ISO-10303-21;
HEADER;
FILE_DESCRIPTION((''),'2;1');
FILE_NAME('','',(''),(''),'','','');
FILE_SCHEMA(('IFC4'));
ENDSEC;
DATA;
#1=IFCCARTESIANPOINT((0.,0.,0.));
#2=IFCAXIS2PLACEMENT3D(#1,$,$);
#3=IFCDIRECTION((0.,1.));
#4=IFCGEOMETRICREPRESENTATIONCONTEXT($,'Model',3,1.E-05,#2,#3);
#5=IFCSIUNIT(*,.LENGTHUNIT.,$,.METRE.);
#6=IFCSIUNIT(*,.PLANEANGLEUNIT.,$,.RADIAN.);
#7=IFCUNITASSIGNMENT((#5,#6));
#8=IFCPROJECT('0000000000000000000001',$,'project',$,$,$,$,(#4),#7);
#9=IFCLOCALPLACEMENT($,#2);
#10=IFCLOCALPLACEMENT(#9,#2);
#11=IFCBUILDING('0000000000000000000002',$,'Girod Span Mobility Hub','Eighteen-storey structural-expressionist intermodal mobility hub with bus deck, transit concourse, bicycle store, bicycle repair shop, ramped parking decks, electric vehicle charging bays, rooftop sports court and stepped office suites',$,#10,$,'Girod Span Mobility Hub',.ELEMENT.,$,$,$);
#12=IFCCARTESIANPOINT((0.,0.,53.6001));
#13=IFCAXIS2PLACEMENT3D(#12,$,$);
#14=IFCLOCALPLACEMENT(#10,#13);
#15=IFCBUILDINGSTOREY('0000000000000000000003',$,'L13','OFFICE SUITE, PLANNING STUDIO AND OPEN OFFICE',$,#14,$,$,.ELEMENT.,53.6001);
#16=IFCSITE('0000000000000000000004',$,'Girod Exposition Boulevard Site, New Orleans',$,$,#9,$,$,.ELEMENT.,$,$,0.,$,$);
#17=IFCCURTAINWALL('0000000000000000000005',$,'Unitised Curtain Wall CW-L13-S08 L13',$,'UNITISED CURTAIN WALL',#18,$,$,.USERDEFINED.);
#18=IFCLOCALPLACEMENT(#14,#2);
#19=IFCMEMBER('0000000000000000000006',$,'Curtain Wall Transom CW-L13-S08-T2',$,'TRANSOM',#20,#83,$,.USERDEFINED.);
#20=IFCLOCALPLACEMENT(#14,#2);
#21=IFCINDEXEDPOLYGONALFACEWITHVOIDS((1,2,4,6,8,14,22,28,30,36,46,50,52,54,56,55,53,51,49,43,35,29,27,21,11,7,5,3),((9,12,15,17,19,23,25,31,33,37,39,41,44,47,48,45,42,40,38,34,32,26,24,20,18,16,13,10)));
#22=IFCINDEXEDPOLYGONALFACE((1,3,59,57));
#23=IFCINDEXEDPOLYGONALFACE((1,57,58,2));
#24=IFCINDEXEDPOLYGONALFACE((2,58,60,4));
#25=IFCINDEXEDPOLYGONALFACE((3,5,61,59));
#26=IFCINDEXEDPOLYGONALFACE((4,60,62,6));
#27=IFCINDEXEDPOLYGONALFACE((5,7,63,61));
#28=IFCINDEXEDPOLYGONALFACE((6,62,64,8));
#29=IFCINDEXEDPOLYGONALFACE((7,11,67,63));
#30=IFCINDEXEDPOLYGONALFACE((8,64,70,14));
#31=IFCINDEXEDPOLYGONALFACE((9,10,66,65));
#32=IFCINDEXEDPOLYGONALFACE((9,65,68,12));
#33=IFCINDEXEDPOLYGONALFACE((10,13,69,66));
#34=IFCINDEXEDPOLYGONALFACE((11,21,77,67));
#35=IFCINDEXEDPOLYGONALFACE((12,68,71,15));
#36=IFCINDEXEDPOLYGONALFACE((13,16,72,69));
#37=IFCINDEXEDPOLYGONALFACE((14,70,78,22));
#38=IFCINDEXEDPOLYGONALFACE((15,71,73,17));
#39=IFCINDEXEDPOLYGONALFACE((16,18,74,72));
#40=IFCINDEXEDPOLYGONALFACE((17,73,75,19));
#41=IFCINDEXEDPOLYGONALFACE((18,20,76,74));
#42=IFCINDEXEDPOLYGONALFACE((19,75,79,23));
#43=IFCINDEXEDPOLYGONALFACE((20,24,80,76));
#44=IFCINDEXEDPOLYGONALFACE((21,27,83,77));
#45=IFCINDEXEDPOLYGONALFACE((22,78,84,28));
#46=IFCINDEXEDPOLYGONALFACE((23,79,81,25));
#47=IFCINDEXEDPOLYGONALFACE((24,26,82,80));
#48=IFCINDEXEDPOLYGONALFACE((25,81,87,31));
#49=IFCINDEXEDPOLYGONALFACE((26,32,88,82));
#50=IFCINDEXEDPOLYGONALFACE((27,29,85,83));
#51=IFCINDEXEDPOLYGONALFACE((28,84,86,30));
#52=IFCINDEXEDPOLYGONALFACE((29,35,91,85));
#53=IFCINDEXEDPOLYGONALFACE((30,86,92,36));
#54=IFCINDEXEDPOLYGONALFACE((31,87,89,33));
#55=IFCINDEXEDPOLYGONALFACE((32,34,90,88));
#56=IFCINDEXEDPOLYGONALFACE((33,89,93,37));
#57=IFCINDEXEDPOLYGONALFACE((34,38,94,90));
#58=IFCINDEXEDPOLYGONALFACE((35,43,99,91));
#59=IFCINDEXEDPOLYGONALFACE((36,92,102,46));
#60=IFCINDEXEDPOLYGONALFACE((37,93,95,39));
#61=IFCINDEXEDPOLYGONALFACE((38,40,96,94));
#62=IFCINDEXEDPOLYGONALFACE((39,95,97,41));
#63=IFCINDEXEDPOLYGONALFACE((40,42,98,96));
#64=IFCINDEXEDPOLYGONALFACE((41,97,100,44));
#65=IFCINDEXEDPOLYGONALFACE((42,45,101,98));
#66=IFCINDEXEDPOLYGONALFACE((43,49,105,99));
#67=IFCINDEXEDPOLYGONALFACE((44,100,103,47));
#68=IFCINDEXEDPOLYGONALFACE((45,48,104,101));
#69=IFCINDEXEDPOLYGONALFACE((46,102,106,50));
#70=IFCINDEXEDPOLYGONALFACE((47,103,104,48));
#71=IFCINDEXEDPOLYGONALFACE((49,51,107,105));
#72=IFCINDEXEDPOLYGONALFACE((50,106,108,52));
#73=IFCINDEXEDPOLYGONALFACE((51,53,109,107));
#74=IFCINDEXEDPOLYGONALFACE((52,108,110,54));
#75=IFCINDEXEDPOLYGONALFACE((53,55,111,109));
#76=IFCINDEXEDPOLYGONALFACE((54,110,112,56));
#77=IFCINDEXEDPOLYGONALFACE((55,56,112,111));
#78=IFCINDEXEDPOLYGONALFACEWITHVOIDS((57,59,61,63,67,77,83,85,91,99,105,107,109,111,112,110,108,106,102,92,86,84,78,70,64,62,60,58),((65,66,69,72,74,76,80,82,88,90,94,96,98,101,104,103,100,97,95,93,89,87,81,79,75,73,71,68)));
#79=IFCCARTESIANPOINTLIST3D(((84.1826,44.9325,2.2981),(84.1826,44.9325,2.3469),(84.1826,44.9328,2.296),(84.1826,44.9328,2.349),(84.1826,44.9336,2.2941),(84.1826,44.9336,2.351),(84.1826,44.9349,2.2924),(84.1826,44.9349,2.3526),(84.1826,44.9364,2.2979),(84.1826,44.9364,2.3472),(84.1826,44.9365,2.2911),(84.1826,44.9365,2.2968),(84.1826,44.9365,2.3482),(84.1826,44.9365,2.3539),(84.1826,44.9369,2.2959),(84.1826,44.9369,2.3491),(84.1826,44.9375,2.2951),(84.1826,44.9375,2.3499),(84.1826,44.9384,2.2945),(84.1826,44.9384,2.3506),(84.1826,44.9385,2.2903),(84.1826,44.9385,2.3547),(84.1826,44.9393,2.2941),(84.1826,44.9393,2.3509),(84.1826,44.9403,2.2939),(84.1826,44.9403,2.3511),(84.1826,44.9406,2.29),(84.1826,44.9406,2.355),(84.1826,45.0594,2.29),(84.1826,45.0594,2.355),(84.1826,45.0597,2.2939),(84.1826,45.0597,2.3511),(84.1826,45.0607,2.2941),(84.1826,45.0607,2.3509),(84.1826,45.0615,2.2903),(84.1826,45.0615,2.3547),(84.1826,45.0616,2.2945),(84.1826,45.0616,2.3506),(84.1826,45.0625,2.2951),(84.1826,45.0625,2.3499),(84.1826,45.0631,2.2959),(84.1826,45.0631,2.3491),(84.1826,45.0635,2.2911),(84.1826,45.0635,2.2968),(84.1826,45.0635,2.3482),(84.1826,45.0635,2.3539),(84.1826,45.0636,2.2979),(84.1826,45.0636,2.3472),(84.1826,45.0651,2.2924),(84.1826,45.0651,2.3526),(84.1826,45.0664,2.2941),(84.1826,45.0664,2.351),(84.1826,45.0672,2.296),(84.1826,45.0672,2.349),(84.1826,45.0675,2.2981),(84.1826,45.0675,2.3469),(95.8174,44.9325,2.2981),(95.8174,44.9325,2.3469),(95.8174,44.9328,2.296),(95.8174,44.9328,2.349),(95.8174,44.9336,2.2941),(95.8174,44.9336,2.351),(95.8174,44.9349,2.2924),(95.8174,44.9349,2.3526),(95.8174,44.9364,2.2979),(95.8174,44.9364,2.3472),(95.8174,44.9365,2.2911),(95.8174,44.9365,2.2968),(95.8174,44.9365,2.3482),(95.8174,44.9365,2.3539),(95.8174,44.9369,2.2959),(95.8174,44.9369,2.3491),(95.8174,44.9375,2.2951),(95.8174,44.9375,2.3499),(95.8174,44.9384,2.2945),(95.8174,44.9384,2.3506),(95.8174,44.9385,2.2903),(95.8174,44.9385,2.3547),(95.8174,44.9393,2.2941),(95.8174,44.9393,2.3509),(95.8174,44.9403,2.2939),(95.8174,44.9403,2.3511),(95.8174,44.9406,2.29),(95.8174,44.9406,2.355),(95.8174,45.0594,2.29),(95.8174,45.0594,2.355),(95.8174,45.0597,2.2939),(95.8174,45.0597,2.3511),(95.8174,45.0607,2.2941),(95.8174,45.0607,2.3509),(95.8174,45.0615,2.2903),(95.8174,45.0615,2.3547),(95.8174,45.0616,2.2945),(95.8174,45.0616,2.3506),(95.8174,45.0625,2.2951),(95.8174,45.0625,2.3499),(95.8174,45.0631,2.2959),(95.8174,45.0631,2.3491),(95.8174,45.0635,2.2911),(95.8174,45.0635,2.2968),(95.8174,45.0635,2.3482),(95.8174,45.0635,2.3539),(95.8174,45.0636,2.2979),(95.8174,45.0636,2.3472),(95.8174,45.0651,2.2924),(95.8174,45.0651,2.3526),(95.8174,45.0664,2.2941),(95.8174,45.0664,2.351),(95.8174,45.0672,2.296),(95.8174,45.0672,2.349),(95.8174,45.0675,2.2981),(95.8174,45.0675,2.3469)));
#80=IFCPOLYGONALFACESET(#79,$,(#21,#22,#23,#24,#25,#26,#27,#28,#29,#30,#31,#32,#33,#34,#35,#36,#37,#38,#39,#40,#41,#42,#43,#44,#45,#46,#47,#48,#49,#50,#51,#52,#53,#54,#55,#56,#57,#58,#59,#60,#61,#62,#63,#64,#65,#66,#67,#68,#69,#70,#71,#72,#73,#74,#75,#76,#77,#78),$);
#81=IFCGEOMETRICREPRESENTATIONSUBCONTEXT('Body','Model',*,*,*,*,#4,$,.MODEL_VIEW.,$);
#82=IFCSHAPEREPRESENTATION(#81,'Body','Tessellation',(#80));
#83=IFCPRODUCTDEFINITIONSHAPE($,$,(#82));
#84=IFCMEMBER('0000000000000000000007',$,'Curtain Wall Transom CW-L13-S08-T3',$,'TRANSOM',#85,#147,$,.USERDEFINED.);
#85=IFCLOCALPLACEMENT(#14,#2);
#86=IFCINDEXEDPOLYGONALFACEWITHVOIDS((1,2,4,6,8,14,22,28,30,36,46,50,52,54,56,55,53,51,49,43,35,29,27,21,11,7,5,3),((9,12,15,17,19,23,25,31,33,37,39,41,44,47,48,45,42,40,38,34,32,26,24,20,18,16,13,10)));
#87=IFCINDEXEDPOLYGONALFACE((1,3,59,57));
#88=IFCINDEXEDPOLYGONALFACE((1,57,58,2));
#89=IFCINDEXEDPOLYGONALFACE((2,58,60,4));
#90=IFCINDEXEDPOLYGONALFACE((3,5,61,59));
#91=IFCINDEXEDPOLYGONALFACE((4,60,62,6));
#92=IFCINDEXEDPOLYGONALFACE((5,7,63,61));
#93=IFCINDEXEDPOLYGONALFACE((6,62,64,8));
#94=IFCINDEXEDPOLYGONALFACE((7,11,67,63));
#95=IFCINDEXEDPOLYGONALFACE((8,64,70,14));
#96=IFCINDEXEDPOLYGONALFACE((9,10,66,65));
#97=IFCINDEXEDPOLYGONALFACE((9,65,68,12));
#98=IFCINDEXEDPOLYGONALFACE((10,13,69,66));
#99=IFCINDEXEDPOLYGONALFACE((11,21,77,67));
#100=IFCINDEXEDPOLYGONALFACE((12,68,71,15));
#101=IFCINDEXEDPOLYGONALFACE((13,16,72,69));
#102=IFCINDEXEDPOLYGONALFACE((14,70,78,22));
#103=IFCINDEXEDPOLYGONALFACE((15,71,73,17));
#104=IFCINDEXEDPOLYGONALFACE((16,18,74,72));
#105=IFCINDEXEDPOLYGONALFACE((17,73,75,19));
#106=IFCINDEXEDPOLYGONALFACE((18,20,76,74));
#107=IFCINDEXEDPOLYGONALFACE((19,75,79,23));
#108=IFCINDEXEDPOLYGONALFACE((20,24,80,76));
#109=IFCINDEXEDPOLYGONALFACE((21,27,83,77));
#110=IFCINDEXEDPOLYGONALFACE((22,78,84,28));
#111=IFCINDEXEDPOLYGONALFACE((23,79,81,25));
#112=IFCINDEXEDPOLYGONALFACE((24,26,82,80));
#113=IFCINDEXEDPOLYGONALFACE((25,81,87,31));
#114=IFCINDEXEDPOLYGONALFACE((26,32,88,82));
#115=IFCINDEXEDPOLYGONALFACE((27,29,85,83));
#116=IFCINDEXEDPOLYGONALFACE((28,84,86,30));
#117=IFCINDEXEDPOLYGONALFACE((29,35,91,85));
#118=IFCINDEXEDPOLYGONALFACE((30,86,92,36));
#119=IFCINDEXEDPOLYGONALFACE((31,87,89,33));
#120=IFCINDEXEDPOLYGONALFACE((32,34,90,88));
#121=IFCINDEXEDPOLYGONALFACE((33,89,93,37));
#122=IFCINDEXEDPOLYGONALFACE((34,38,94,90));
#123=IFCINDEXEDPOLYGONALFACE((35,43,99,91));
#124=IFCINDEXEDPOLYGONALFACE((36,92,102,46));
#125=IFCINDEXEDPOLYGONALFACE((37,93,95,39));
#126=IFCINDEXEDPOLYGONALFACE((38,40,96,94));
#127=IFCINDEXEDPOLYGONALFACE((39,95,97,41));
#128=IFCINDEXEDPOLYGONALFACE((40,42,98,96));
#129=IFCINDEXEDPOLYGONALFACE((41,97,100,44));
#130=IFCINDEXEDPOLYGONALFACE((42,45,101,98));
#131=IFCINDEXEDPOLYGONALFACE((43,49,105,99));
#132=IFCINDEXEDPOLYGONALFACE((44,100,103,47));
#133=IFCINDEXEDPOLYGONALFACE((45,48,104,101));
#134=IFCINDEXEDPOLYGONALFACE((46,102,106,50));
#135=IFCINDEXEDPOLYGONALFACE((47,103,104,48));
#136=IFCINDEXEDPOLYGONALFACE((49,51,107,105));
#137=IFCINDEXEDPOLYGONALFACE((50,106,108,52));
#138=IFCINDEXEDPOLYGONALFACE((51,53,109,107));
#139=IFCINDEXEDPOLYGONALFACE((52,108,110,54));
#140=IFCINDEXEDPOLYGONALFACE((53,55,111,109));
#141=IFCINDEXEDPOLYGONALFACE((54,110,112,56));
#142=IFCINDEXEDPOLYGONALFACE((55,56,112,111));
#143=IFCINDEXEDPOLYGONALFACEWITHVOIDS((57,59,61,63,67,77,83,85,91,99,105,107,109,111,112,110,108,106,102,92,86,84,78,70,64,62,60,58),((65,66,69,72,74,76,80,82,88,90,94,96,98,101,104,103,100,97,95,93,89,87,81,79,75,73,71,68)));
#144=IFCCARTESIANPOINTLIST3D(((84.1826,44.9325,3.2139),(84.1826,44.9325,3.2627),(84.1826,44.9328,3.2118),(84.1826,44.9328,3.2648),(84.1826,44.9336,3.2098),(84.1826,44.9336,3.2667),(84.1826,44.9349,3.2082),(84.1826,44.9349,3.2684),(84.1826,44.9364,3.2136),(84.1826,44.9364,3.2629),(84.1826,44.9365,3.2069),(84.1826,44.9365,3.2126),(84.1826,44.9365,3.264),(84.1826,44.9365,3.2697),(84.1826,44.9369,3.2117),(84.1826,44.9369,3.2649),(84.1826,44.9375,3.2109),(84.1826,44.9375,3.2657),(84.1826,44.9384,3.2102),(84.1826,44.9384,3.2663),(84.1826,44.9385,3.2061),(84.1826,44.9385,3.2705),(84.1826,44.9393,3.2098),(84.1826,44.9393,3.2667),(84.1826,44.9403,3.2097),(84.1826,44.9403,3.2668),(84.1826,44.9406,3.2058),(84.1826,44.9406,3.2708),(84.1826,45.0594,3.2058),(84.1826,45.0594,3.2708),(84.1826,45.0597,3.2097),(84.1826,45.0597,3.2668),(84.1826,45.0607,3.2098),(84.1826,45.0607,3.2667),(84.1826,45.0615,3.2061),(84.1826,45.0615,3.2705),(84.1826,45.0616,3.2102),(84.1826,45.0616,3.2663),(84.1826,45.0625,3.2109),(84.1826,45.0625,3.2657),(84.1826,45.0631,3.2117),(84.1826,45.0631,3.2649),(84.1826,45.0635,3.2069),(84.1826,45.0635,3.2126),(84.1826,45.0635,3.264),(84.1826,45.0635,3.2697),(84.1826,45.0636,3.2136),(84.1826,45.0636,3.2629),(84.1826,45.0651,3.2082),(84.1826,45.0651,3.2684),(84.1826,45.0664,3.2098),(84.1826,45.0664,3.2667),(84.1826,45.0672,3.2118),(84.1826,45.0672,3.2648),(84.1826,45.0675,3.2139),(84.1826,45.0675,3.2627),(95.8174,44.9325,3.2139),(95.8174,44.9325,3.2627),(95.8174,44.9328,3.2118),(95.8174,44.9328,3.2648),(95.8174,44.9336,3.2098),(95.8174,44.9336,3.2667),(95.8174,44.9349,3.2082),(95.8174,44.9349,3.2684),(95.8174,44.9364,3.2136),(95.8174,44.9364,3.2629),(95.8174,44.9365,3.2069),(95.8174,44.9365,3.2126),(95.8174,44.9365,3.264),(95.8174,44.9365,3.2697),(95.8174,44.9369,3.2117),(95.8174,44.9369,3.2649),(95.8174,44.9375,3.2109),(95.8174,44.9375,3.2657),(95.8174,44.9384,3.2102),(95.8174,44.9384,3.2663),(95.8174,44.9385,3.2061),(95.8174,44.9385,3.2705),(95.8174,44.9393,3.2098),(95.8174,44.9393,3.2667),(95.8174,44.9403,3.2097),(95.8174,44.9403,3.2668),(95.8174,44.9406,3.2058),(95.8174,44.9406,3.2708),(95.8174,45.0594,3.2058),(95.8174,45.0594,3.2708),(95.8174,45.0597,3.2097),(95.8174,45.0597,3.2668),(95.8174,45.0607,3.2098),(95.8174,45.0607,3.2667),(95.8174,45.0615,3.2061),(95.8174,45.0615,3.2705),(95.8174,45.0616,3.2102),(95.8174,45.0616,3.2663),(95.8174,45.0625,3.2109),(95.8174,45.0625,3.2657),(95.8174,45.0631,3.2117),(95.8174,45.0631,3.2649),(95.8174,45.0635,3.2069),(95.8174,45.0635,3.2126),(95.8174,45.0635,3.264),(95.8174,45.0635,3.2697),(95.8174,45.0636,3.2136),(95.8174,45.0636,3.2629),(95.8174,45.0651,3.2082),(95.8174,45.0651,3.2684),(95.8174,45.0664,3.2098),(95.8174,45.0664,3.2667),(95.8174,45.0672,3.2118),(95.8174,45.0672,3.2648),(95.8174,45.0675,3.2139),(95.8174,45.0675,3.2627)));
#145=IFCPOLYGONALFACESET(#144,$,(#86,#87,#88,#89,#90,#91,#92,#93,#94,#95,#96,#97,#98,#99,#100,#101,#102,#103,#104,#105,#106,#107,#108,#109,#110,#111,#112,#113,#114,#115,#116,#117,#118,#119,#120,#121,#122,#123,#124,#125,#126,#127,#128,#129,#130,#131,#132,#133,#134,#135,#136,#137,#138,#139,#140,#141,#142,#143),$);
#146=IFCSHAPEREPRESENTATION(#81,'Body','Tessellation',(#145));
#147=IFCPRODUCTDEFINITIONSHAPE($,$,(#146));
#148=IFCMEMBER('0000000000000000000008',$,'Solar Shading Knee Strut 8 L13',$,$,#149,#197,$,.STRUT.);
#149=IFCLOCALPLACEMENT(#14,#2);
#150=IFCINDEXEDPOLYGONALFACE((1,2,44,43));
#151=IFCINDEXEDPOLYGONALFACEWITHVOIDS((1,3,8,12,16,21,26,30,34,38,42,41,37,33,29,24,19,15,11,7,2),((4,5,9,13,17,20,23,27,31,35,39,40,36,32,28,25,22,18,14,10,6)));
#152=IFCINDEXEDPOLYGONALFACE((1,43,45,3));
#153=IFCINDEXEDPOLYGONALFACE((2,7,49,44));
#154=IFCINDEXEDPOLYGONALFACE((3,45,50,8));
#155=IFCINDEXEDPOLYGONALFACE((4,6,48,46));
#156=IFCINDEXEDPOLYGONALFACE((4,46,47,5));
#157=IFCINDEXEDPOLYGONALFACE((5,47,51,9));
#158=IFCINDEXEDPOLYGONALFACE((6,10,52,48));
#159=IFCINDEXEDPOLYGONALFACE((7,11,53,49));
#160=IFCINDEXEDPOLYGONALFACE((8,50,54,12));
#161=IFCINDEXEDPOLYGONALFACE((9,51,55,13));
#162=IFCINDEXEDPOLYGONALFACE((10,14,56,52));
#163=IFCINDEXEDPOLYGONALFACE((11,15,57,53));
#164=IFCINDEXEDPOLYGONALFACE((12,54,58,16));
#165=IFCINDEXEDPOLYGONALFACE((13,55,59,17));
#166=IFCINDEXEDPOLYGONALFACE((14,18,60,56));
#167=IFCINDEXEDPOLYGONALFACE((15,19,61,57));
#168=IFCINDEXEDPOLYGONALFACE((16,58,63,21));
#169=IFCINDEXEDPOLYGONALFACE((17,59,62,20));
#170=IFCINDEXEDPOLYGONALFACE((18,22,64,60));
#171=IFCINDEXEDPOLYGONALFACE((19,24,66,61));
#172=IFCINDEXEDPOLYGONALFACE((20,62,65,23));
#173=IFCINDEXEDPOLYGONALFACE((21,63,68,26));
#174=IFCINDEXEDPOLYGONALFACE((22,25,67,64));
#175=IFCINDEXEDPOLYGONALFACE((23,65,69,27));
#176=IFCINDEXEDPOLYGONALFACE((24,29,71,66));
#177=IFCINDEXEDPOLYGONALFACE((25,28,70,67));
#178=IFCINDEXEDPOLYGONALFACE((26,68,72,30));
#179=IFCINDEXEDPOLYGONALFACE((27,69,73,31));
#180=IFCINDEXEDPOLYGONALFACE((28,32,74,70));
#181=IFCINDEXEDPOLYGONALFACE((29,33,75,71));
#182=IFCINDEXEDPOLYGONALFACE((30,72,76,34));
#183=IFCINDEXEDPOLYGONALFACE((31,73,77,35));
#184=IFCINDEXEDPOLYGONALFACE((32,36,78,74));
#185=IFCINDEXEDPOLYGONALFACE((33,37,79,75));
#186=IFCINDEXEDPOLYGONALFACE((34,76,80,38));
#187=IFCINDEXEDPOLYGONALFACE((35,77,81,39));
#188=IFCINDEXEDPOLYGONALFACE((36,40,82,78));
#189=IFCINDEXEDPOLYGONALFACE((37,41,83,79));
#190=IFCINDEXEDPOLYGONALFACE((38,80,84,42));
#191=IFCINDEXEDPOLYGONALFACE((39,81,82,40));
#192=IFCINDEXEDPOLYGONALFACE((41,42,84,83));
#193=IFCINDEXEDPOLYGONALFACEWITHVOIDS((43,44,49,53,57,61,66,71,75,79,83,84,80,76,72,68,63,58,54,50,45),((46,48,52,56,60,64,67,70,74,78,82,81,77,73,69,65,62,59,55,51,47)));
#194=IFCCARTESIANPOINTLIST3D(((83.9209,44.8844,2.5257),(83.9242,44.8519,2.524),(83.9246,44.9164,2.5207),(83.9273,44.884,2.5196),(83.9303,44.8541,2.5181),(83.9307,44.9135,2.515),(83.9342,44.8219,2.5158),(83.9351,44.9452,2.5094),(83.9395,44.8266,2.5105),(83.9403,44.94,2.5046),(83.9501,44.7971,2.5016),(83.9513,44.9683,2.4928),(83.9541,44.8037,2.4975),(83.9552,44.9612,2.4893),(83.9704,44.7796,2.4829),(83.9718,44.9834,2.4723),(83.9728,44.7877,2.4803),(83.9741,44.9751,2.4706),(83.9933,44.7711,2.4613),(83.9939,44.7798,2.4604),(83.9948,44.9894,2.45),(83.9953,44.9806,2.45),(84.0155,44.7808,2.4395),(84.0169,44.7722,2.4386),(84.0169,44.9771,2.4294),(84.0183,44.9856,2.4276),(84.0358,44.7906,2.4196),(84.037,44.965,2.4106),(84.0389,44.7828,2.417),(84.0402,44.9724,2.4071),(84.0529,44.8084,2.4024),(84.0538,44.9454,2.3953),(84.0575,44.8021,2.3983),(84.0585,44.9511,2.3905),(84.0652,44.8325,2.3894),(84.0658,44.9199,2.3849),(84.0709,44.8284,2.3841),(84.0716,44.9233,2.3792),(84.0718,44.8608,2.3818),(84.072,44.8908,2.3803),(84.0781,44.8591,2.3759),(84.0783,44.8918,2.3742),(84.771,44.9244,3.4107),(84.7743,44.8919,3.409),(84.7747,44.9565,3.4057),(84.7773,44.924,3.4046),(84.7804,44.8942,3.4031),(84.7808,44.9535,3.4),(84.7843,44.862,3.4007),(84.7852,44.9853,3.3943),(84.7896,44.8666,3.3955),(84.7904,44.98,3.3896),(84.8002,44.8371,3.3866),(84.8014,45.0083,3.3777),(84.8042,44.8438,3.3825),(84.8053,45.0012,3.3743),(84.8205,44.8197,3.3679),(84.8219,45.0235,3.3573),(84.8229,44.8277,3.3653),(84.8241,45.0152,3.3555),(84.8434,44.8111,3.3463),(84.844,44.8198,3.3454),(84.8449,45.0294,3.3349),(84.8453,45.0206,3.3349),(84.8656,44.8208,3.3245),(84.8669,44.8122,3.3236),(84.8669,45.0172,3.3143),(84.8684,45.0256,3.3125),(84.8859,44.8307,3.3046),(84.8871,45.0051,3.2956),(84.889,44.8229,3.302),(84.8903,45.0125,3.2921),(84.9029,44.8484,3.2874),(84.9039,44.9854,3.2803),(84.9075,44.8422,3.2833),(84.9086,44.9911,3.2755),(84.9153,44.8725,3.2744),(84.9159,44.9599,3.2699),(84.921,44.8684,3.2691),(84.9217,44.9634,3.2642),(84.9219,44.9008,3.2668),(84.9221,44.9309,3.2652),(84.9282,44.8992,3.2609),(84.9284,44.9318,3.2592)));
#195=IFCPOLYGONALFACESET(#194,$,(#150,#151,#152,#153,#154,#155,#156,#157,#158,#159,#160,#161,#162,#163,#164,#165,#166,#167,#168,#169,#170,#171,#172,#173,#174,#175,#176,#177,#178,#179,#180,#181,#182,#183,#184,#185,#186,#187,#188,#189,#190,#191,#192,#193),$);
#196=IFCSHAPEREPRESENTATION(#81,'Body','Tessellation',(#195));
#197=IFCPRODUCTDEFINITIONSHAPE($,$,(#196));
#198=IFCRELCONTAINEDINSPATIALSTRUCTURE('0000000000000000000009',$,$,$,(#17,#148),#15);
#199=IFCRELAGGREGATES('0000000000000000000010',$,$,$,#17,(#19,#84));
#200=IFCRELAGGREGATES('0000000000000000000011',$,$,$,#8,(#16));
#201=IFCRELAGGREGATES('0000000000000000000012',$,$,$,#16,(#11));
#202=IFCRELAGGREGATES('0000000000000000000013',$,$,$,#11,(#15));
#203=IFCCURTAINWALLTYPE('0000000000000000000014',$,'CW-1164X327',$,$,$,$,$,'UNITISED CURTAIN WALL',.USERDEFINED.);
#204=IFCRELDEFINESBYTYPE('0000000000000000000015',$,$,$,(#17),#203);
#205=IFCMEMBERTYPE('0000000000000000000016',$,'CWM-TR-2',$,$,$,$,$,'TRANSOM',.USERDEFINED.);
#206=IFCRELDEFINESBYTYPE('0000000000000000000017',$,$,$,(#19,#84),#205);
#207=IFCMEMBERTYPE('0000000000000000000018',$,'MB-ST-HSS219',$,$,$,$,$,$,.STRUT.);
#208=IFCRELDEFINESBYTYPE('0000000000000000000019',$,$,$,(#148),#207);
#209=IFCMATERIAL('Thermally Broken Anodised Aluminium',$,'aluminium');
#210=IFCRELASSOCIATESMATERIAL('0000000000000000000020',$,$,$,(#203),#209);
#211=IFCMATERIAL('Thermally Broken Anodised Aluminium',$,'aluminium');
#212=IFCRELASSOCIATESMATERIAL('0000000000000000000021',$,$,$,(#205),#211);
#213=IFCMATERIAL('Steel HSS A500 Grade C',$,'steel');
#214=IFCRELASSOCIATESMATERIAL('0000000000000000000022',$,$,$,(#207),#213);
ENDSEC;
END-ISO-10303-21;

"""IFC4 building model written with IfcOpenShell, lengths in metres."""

from ifc_helpers import new_model, si_unit, direction, frame, origin, origin_2d, place, context, subcontext, project, spatial, hollow_rectangle, hollow_circle, extrude, material, material_profile, profile_set, type_object, element, aggregate, save


model = new_model("IFC4")

# Units and contexts
model_context = context("Model", 3, precision=1e-05, world=origin(), true_north=direction((0.0, 1.0)))
body_context = subcontext(model_context, "Body", "Model", "MODEL_VIEW")
ifc_project = project(units=[si_unit("LENGTHUNIT", "METRE"), si_unit("PLANEANGLEUNIT", "RADIAN")], contexts=[model_context])

# Site, building, storey
site_placement = place(None, origin())
site = spatial("IfcSite", under=ifc_project, at=site_placement, Name="Girod Exposition Boulevard Site, New Orleans", CompositionType="ELEMENT", RefElevation=0.0)
building_placement = place(site_placement, origin())
building = spatial("IfcBuilding", under=site, at=building_placement, Name="Girod Span Mobility Hub", Description="Eighteen-storey structural-expressionist intermodal mobility hub with bus deck, transit concourse, bicycle store, bicycle repair shop, ramped parking decks, electric vehicle charging bays, rooftop sports court and stepped office suites", LongName="Girod Span Mobility Hub", CompositionType="ELEMENT")
storey_placement = place(building_placement, frame((0.0, 0.0, 53.6001)))
storey = spatial("IfcBuildingStorey", under=building, at=storey_placement, Name="L13", Description="OFFICE SUITE, PLANNING STUDIO AND OPEN OFFICE", CompositionType="ELEMENT", Elevation=53.6001)

# Curtain wall, members
ifc_material_1 = material(Name="Thermally Broken Anodised Aluminium", Category="aluminium")
curtain_wall_type = type_object("IfcCurtainWallType", Name="CW-1164X327", ElementType="UNITISED CURTAIN WALL", PredefinedType="USERDEFINED", material=ifc_material_1)
curtain_wall_1_placement = place(storey_placement, origin())
curtain_wall_1 = element("IfcCurtainWall", 1, at=curtain_wall_1_placement, inside=storey, type_object=curtain_wall_type, Name="Unitised Curtain Wall CW-L13-S08 L13", ObjectType="UNITISED CURTAIN WALL", PredefinedType="USERDEFINED")
ifc_material_2 = material(Name="Thermally Broken Anodised Aluminium", Category="aluminium")
ifc_material_profile_1 = material_profile(ifc_material_2, hollow_rectangle(XDim=0.135, YDim=0.0649, WallThickness=0.0039, InnerFilletRadius=0.0039, OuterFilletRadius=0.0081, at=origin_2d()), Name="CW-TR-65X135")
ifc_profile_set_1 = profile_set([ifc_material_profile_1], Name="Thermally Broken Anodised Aluminium")
member_type_1 = type_object("IfcMemberType", Name="CWM-TR-2", ElementType="TRANSOM", PredefinedType="USERDEFINED", material=ifc_profile_set_1)
member_1_placement = place(storey_placement, frame((84.1826, 45.0, 2.3225), z_axis=(1.0, 0.0, 0.0), x_axis=(0.0, 1.0, 0.0)))
member_1 = element("IfcMember", 2, at=member_1_placement, type_object=member_type_1, Name="Curtain Wall Transom CW-L13-S08-T2", ObjectType="TRANSOM", PredefinedType="USERDEFINED", context=body_context, shape_type="SweptSolid", body=[
    extrude(hollow_rectangle(XDim=0.135, YDim=0.0649, WallThickness=0.0039, InnerFilletRadius=0.0039, OuterFilletRadius=0.0081, at=origin_2d()), origin(), (0.0, 0.0, 1.0), 11.6348),
])
member_2_placement = place(storey_placement, frame((84.1826, 45.0, 3.2383), z_axis=(1.0, 0.0, 0.0), x_axis=(0.0, 1.0, 0.0)))
member_2 = element("IfcMember", 3, at=member_2_placement, type_object=member_type_1, Name="Curtain Wall Transom CW-L13-S08-T3", ObjectType="TRANSOM", PredefinedType="USERDEFINED", context=body_context, shape_type="SweptSolid", body=[
    extrude(hollow_rectangle(XDim=0.135, YDim=0.0649, WallThickness=0.0039, InnerFilletRadius=0.0039, OuterFilletRadius=0.0081, at=origin_2d()), origin(), (0.0, 0.0, 1.0), 11.6348),
])

# Member
ifc_material_3 = material(Name="Steel HSS A500 Grade C", Category="steel")
ifc_material_profile_2 = material_profile(ifc_material_3, hollow_circle(Radius=0.1096, WallThickness=0.0088, at=origin_2d()), Name="HSS219X9.5")
ifc_profile_set_2 = profile_set([ifc_material_profile_2], Name="Steel HSS A500 Grade C")
member_type_2 = type_object("IfcMemberType", Name="MB-ST-HSS219", PredefinedType="STRUT", material=ifc_profile_set_2)
member_3_placement = place(storey_placement, frame((84.0, 44.8799, 2.45), z_axis=(0.69237, 0.03261, 0.720805), x_axis=(-0.047047, 0.998893, 0.0)))
element("IfcMember", 4, at=member_3_placement, inside=storey, type_object=member_type_2, Name="Solar Shading Knee Strut 8 L13", PredefinedType="STRUT", context=body_context, shape_type="SweptSolid", body=[
    extrude(hollow_circle(Radius=0.1096, WallThickness=0.0088, at=origin_2d()), origin(), (0.0, 0.0, 1.0), 1.2278),
])

aggregate(curtain_wall_1, [member_1, member_2])

save(model, "model.ifc")
